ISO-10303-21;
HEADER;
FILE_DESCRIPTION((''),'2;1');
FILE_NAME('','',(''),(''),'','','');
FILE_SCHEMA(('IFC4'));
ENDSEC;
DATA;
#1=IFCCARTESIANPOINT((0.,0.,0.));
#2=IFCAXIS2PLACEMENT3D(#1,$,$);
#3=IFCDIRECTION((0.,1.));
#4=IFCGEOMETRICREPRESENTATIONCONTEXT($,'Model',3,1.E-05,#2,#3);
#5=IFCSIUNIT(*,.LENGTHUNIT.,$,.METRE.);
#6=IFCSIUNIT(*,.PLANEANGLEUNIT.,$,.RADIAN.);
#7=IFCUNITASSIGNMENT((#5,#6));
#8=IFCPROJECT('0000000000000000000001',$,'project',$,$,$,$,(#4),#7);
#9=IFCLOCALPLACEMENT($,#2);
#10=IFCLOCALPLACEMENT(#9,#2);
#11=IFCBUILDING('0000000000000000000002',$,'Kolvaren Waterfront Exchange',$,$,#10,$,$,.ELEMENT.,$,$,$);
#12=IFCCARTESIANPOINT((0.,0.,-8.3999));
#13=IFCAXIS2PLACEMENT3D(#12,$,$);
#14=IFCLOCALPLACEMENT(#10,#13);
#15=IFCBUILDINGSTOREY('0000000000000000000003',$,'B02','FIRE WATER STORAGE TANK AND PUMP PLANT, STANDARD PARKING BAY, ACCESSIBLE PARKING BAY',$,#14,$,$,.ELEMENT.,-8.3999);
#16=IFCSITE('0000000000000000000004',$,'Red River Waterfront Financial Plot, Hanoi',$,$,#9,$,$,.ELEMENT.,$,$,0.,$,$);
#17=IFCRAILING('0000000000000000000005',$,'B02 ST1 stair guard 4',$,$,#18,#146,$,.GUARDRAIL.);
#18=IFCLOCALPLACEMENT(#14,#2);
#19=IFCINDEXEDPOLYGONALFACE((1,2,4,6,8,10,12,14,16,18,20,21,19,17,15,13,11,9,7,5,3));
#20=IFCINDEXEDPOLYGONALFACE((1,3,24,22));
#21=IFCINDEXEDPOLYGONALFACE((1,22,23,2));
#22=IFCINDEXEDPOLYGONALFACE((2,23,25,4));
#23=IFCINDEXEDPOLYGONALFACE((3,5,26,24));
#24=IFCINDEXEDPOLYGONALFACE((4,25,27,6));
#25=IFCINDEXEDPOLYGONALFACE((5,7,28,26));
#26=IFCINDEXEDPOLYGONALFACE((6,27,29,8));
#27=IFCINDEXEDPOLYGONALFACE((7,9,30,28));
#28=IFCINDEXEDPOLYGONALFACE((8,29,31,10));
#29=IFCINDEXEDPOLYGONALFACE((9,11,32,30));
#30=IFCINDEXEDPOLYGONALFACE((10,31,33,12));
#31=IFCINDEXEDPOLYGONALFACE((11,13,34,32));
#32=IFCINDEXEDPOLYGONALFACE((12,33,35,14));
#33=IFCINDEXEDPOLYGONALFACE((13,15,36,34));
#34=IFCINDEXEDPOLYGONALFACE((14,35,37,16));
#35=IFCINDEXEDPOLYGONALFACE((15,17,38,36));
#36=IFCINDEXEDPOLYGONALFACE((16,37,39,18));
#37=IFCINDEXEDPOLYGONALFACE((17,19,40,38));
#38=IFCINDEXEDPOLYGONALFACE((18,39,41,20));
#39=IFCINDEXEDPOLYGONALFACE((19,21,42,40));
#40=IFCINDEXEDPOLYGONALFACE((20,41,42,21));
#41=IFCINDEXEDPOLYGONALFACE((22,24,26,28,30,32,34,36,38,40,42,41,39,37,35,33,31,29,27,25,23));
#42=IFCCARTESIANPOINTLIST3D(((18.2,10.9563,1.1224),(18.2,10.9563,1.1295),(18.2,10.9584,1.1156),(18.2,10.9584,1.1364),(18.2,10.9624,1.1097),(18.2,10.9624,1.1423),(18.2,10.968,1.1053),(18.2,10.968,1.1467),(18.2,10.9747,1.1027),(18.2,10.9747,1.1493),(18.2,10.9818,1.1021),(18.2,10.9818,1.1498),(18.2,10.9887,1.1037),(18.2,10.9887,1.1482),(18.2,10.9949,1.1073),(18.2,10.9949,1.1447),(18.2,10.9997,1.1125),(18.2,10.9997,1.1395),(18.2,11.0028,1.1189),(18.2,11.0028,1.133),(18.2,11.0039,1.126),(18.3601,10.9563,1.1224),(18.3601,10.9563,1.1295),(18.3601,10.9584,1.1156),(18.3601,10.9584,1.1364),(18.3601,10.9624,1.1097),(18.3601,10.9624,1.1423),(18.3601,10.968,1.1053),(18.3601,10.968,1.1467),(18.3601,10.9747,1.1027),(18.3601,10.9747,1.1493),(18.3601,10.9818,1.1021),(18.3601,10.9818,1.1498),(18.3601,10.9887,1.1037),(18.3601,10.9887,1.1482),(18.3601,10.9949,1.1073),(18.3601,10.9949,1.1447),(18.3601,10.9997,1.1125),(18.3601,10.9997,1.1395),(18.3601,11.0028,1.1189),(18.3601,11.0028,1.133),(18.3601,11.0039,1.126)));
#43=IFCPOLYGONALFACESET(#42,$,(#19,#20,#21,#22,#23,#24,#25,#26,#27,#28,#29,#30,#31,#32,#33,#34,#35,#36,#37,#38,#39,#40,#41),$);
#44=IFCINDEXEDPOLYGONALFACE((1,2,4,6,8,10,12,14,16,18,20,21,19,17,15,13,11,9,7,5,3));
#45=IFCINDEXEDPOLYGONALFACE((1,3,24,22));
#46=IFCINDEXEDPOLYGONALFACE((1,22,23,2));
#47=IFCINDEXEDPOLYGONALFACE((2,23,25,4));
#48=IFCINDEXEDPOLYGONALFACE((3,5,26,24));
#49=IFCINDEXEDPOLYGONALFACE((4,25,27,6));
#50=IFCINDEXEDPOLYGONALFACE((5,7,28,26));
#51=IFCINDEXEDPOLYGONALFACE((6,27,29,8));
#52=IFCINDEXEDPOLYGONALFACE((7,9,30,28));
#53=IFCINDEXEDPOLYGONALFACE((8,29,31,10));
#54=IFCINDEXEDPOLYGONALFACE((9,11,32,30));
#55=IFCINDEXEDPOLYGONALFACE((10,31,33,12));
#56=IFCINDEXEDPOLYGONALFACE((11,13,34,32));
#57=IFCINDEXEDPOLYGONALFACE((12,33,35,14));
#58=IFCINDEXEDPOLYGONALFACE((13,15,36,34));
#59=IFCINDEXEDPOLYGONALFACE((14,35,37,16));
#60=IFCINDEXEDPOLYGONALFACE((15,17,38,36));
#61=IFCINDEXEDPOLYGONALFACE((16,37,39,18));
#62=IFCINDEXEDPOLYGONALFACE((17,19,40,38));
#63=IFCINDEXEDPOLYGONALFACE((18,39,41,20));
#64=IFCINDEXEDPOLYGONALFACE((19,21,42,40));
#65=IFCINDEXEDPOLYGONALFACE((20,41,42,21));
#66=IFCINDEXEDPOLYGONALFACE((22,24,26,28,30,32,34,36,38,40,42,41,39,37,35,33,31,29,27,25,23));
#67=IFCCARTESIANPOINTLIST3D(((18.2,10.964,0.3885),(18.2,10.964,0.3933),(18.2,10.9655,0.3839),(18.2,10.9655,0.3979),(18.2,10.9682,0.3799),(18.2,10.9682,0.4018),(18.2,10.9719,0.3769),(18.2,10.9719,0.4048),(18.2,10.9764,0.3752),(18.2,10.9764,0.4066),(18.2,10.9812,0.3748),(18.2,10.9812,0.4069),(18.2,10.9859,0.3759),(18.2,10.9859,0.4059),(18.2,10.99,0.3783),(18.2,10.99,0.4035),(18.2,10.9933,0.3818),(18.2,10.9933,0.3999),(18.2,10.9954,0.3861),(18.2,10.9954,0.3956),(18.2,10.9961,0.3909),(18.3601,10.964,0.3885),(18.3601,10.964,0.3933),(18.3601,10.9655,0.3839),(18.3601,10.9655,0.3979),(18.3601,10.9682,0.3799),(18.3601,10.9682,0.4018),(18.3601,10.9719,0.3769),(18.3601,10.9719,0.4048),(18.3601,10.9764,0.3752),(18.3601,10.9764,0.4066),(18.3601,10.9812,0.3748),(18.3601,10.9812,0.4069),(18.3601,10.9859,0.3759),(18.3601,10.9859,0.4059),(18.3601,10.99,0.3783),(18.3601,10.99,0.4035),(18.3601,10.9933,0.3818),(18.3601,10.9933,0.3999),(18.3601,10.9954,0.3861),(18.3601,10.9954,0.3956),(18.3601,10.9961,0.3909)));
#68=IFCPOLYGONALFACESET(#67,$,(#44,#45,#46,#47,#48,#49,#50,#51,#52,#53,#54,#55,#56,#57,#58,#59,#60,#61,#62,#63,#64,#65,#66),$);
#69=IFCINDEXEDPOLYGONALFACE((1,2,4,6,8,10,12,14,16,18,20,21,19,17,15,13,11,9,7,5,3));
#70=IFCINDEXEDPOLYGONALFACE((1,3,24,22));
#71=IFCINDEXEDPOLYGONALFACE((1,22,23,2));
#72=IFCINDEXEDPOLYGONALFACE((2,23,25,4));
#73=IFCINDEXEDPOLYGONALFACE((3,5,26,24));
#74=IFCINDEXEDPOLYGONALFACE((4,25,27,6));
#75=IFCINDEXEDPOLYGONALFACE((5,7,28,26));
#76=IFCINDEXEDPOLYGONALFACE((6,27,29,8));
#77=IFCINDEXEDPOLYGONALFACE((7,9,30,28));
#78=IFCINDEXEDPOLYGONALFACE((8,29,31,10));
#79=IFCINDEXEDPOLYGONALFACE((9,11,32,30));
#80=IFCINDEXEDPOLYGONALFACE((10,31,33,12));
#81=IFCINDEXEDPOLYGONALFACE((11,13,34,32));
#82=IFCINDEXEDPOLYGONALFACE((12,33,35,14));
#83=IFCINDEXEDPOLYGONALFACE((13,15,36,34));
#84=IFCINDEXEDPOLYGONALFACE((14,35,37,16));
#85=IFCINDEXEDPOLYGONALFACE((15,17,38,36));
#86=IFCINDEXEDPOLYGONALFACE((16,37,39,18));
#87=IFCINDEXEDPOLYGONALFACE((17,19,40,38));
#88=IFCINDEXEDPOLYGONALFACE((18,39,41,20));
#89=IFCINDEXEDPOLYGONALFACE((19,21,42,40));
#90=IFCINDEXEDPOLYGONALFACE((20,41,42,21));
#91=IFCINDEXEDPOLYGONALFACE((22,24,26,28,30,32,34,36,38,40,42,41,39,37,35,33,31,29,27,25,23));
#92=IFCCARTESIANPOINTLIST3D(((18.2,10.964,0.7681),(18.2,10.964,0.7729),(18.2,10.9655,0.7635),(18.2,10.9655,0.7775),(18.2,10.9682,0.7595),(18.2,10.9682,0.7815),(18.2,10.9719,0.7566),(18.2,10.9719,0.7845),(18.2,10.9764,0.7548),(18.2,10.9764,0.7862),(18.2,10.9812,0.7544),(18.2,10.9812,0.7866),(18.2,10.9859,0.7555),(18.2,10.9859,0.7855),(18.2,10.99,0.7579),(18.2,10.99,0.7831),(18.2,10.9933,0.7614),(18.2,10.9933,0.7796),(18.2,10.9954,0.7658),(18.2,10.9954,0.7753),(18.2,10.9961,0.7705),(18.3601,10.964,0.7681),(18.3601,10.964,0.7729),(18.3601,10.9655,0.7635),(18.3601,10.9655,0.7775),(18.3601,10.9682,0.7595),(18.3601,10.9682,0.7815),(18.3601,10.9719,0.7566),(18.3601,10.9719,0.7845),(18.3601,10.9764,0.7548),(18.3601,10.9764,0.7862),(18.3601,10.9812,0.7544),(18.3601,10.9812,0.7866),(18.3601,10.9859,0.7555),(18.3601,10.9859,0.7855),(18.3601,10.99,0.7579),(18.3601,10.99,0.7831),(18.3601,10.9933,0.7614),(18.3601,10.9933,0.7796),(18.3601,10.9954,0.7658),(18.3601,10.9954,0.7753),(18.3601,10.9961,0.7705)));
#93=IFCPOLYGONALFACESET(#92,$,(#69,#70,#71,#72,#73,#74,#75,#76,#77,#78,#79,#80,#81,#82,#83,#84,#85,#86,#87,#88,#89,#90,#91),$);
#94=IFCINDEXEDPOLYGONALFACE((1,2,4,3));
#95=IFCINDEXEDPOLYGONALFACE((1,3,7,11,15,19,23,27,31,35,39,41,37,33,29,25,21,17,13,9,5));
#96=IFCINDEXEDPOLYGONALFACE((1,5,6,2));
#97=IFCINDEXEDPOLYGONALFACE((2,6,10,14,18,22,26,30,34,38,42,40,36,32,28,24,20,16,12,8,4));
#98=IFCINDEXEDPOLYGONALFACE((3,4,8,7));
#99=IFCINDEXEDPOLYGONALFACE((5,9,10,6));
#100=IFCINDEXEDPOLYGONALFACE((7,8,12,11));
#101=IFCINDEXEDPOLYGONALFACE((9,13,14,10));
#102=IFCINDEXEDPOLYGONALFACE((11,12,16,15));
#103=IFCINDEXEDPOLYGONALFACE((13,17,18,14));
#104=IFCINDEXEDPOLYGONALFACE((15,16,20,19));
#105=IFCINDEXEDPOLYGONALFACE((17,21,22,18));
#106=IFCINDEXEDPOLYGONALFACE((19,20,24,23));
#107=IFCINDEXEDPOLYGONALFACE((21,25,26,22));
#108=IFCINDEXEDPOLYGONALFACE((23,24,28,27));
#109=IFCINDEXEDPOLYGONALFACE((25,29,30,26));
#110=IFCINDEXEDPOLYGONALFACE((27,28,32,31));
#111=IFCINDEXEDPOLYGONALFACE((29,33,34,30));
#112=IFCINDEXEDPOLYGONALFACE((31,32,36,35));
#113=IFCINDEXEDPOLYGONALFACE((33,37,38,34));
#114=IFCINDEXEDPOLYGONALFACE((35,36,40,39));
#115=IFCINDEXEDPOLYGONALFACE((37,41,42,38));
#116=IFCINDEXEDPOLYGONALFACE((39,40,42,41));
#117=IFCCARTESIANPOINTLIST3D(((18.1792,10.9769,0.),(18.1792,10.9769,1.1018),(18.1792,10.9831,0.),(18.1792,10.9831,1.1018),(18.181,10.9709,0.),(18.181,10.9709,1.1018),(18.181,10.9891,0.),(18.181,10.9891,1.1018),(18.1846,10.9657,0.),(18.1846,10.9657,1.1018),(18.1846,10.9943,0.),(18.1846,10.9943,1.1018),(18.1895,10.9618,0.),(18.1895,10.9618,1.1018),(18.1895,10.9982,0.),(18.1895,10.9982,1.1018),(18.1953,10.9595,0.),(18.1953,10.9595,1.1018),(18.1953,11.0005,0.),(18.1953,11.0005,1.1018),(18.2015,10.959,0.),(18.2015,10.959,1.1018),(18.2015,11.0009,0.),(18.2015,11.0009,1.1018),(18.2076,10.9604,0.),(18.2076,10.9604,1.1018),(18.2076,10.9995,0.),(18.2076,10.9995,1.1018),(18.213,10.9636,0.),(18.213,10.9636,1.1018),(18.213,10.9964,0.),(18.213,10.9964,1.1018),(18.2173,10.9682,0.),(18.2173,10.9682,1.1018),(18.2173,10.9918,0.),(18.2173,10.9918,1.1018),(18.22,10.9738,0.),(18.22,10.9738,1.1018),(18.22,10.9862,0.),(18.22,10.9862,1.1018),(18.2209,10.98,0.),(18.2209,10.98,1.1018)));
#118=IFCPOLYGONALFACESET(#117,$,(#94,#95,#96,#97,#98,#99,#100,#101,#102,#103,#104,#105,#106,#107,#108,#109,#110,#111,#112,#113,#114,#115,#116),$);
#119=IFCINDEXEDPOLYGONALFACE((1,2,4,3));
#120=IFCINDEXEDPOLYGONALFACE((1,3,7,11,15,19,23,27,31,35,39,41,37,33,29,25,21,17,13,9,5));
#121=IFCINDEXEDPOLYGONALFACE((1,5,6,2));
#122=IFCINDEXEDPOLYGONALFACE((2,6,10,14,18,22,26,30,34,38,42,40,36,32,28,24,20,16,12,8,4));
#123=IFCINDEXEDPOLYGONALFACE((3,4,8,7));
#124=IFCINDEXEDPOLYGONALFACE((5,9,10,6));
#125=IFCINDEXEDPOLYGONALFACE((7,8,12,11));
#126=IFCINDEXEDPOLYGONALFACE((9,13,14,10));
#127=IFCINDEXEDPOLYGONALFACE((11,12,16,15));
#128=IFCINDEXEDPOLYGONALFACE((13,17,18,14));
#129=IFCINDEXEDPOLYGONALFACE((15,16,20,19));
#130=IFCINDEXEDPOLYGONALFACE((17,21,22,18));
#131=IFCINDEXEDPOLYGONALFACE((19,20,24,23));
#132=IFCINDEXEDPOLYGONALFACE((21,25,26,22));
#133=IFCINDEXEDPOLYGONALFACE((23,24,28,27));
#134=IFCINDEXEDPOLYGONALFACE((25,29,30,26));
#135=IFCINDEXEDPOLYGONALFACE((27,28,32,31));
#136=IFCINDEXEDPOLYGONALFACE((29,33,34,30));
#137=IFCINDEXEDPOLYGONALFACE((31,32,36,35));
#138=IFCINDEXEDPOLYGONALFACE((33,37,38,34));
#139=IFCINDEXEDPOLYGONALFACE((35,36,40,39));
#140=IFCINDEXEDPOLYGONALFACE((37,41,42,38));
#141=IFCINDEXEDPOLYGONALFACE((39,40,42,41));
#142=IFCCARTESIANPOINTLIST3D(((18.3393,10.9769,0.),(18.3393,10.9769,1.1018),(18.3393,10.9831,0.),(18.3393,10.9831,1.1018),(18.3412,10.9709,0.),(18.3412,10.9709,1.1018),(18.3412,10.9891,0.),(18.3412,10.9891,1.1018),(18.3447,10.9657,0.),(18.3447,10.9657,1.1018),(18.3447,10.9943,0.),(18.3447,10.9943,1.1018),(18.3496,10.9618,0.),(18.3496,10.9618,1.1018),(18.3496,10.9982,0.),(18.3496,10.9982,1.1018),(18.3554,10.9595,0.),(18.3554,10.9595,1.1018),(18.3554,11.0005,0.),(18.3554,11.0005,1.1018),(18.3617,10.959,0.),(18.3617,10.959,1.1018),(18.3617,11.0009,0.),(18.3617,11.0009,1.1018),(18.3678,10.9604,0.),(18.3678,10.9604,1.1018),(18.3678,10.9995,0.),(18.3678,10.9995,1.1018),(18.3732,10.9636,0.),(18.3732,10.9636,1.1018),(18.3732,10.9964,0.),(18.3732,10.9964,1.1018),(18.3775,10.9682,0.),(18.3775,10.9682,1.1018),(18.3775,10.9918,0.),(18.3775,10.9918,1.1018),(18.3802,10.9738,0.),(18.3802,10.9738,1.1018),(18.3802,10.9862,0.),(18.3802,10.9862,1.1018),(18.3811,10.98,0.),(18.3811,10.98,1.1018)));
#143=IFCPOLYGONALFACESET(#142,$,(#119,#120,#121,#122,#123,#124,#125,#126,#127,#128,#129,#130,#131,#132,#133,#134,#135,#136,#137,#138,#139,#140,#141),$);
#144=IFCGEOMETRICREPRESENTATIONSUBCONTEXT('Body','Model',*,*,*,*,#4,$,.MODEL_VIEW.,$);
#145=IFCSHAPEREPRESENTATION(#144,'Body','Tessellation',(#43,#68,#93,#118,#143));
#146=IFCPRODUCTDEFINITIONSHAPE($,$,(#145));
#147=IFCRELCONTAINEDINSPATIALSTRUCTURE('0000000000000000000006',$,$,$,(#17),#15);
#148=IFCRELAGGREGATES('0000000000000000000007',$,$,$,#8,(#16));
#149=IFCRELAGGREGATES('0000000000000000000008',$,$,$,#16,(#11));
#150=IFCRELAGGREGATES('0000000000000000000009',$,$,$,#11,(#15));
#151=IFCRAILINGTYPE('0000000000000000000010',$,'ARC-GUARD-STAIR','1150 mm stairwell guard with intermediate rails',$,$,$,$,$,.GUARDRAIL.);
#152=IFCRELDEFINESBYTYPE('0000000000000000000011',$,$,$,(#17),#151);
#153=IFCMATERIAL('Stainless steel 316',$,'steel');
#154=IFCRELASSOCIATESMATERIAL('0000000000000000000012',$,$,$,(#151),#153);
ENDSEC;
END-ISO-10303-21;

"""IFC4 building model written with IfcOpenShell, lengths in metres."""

from ifc_helpers import new_model, si_unit, direction, frame, origin, origin_2d, place, context, subcontext, project, spatial, circle, extrude, material, type_object, element, save


model = new_model("IFC4")

# Units and contexts
model_context = context("Model", 3, precision=1e-05, world=origin(), true_north=direction((0.0, 1.0)))
body_context = subcontext(model_context, "Body", "Model", "MODEL_VIEW")
ifc_project = project(units=[si_unit("LENGTHUNIT", "METRE"), si_unit("PLANEANGLEUNIT", "RADIAN")], contexts=[model_context])

# Site, building, storey
site_placement = place(None, origin())
site = spatial("IfcSite", under=ifc_project, at=site_placement, Name="Red River Waterfront Financial Plot, Hanoi", CompositionType="ELEMENT", RefElevation=0.0)
building_placement = place(site_placement, origin())
building = spatial("IfcBuilding", under=site, at=building_placement, Name="Kolvaren Waterfront Exchange", CompositionType="ELEMENT")
storey_placement = place(building_placement, frame((0.0, 0.0, -8.3999)))
storey = spatial("IfcBuildingStorey", under=building, at=storey_placement, Name="B02", Description="FIRE WATER STORAGE TANK AND PUMP PLANT, STANDARD PARKING BAY, ACCESSIBLE PARKING BAY", CompositionType="ELEMENT", Elevation=-8.3999)

# Railing
ifc_material_1 = material(Name="Stainless steel 316", Category="steel")
railing_type_1 = type_object("IfcRailingType", Name="ARC-GUARD-STAIR", Description="1150 mm stairwell guard with intermediate rails", PredefinedType="GUARDRAIL", material=ifc_material_1)
railing_1_placement = place(storey_placement, frame((18.2, 10.98, 0.0)))
element("IfcRailing", 1, at=railing_1_placement, inside=storey, type_object=railing_type_1, Name="B02 ST1 stair guard 4", PredefinedType="GUARDRAIL", context=body_context, shape_type="SweptSolid", body=[
    extrude(circle(Radius=0.0239, at=origin_2d()), frame((0.0, 0.0, 1.126), z_axis=(1.0, 0.0, 0.0), x_axis=(0.0, 1.0, 0.0)), (0.0, 0.0, 1.0), 0.1602),
    extrude(circle(Radius=0.0161, at=origin_2d()), frame((0.0, 0.0, 0.3909), z_axis=(1.0, 0.0, 0.0), x_axis=(0.0, 1.0, 0.0)), (0.0, 0.0, 1.0), 0.1602),
    extrude(circle(Radius=0.0161, at=origin_2d()), frame((0.0, 0.0, 0.7705), z_axis=(1.0, 0.0, 0.0), x_axis=(0.0, 1.0, 0.0)), (0.0, 0.0, 1.0), 0.1602),
    extrude(circle(Radius=0.021, at=origin_2d()), origin(), (0.0, 0.0, 1.0), 1.1018),
    extrude(circle(Radius=0.021, at=origin_2d()), frame((0.1602, 0.0, 0.0)), (0.0, 0.0, 1.0), 1.1018),
])

save(model, "model.ifc")
